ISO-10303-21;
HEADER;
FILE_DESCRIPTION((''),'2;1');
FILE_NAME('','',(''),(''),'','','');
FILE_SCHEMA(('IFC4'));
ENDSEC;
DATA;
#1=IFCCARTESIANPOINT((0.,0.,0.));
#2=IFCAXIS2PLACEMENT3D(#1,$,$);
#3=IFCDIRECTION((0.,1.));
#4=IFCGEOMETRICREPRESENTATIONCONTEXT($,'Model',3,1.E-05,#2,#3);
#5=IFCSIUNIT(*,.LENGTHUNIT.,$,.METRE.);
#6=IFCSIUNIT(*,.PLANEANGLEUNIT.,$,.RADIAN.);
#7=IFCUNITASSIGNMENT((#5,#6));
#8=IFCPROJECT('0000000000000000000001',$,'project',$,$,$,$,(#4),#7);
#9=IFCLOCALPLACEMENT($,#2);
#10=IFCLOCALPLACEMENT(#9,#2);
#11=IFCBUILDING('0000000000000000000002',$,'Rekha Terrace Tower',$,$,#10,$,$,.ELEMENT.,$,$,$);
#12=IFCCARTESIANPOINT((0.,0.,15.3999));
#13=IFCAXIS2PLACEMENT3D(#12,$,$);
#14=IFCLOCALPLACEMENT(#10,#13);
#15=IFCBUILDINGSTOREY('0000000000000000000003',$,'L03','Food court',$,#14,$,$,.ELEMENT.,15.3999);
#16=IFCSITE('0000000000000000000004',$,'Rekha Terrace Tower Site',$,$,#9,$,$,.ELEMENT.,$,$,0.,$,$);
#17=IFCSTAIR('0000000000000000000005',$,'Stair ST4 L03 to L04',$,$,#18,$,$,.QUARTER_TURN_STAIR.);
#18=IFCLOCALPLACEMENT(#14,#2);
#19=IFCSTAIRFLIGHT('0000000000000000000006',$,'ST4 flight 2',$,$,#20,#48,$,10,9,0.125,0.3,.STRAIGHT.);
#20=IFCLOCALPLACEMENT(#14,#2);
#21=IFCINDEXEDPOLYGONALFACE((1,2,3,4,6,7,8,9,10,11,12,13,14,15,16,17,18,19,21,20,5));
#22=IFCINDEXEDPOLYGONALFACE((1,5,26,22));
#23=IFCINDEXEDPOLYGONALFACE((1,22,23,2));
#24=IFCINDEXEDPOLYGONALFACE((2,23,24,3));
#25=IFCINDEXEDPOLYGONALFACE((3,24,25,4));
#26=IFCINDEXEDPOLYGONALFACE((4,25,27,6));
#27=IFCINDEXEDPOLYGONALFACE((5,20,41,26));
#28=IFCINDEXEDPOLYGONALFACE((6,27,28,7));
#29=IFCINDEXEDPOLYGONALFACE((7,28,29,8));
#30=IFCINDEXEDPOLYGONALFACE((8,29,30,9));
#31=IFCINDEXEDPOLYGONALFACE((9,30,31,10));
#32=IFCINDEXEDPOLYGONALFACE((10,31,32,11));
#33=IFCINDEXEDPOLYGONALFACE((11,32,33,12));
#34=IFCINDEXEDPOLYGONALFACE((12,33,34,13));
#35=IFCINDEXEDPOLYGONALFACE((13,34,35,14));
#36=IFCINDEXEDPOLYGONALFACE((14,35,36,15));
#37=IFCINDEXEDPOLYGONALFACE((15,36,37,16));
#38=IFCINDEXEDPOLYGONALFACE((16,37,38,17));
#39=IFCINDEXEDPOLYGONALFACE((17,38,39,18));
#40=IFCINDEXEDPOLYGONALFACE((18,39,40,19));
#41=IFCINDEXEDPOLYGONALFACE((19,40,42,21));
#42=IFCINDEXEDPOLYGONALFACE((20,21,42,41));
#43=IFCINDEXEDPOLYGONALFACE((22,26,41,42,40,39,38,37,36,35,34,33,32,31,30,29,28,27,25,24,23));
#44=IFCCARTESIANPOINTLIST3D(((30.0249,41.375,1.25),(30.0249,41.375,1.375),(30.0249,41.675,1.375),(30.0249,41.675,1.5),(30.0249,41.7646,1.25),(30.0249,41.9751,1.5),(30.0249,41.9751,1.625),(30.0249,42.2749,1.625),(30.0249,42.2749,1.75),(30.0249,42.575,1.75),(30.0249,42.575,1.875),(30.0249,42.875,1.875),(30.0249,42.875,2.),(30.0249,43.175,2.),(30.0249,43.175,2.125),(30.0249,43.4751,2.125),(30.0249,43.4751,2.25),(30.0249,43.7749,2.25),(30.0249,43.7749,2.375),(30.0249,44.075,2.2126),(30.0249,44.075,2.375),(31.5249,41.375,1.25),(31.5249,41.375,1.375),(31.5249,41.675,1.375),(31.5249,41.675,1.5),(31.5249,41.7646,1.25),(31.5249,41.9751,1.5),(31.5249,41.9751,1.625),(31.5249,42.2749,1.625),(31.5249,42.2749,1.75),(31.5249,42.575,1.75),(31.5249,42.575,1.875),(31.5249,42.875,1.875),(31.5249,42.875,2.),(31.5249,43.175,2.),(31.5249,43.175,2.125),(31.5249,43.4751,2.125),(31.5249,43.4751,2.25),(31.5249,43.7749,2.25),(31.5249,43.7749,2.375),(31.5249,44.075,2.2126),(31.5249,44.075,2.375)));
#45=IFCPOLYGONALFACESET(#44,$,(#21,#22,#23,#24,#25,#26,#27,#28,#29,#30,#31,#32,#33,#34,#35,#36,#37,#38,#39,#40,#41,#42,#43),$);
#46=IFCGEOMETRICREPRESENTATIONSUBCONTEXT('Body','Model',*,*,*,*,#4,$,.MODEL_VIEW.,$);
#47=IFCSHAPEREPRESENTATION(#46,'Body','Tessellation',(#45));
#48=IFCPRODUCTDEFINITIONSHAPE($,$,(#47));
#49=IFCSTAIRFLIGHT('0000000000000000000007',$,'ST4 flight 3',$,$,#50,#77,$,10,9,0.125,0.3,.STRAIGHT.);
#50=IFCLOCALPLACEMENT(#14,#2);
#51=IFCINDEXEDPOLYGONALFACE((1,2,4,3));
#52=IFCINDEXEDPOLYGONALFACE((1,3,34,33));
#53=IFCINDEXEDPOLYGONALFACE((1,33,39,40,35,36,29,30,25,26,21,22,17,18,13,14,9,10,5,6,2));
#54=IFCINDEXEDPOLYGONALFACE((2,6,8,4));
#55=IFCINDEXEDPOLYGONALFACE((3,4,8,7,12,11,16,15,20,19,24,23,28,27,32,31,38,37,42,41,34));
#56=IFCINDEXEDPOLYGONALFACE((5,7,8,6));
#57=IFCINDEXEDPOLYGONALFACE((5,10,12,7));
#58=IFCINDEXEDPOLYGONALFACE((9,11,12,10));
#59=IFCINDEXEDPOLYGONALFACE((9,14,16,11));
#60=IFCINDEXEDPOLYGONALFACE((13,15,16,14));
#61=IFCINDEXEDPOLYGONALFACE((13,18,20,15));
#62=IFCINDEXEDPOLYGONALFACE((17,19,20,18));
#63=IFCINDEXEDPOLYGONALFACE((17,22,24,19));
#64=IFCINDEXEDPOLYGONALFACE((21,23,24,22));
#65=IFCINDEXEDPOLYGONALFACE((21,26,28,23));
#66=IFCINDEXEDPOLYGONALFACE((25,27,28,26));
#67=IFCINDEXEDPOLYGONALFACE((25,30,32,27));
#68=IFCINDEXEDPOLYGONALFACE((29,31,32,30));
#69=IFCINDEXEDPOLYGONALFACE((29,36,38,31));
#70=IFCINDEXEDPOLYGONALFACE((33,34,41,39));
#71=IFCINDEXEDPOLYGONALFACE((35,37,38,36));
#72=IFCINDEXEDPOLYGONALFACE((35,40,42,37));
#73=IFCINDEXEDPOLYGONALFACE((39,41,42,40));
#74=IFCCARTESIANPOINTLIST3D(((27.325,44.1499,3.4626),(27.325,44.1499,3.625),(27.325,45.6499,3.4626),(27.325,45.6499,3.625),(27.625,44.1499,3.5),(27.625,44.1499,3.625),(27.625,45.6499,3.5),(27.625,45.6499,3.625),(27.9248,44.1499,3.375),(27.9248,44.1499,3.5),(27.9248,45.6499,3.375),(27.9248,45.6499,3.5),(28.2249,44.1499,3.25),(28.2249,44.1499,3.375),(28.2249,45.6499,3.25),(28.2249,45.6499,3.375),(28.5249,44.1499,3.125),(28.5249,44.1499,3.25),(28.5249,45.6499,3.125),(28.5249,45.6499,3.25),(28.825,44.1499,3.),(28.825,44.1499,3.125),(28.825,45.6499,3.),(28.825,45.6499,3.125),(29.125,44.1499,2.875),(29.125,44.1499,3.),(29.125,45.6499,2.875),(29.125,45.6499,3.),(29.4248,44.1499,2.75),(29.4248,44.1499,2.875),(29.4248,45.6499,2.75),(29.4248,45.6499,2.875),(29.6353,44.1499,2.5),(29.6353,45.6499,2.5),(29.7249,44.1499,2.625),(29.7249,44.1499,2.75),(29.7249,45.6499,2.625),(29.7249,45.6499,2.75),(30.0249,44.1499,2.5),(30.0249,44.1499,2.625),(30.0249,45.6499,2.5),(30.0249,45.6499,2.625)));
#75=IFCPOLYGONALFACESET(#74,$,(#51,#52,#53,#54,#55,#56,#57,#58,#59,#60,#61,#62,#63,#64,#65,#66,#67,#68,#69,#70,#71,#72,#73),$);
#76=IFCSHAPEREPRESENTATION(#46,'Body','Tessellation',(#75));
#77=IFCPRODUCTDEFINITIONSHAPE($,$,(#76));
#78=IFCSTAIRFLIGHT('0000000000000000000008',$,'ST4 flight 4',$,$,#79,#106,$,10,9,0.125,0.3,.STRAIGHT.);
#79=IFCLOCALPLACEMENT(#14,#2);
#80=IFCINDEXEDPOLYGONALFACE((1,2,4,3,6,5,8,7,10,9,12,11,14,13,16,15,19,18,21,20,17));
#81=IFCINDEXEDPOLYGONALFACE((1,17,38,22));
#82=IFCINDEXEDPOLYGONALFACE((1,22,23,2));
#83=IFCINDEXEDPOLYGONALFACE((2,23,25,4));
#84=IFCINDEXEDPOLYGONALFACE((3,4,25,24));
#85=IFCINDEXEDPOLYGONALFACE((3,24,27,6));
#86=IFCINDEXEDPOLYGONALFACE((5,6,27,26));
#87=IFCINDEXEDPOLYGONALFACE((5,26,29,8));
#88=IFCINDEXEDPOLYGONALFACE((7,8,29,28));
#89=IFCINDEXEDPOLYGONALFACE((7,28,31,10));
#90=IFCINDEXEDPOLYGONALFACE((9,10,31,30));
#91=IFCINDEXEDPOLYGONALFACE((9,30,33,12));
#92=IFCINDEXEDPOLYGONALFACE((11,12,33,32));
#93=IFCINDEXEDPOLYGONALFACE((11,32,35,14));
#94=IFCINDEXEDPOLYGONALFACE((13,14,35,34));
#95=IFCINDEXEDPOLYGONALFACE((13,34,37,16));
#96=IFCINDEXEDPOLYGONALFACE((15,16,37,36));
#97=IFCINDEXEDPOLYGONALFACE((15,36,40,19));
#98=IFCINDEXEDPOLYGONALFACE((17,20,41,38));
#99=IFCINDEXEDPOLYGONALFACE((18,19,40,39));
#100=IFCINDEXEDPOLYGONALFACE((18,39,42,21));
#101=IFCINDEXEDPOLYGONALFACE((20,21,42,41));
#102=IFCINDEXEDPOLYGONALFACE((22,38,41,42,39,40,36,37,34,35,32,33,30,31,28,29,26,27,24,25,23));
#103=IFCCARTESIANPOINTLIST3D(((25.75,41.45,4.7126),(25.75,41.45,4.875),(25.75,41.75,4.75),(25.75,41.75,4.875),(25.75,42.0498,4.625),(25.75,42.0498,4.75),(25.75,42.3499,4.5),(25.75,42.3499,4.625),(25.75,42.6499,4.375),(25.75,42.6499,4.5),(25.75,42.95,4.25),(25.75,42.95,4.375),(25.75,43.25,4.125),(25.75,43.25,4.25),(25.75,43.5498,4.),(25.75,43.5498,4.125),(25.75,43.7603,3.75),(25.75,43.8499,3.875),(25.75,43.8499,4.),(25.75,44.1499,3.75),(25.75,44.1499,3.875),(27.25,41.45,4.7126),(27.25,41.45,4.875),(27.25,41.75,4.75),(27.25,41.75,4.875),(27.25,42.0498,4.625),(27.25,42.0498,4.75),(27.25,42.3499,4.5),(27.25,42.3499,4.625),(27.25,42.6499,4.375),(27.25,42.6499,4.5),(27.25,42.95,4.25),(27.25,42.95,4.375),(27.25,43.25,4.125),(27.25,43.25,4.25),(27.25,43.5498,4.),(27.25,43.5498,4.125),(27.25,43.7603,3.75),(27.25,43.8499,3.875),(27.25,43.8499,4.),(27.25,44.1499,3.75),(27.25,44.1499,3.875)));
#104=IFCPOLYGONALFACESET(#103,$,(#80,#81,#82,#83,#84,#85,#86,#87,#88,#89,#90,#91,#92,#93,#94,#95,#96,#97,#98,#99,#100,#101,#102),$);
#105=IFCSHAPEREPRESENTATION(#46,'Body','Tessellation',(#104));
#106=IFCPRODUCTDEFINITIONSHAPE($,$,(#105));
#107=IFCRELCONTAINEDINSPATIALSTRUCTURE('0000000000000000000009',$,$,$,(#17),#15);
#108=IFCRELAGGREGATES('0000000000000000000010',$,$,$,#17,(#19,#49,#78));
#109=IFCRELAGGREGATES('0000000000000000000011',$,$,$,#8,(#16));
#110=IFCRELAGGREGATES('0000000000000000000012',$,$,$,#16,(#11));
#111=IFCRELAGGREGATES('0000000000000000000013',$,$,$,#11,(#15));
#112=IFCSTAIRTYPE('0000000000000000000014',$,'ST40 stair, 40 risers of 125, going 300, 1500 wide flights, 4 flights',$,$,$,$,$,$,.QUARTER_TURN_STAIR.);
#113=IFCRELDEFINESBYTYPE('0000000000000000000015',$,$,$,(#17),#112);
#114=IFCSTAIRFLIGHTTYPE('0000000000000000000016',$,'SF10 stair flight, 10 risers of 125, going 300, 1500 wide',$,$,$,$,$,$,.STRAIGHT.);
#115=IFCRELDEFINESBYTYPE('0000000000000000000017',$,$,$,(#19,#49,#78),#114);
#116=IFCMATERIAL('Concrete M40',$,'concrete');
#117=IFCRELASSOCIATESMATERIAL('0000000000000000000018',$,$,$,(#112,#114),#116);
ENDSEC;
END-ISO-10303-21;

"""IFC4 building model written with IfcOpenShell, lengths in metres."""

from ifc_helpers import new_model, si_unit, direction, frame, origin, place, context, subcontext, project, spatial, polyline, outline, extrude, material, type_object, element, aggregate, save


model = new_model("IFC4")

# Units and contexts
model_context = context("Model", 3, precision=1e-05, world=origin(), true_north=direction((0.0, 1.0)))
body_context = subcontext(model_context, "Body", "Model", "MODEL_VIEW")
ifc_project = project(units=[si_unit("LENGTHUNIT", "METRE"), si_unit("PLANEANGLEUNIT", "RADIAN")], contexts=[model_context])

# Site, building, storey
site_placement = place(None, origin())
site = spatial("IfcSite", under=ifc_project, at=site_placement, Name="Rekha Terrace Tower Site", CompositionType="ELEMENT", RefElevation=0.0)
building_placement = place(site_placement, origin())
building = spatial("IfcBuilding", under=site, at=building_placement, Name="Rekha Terrace Tower", CompositionType="ELEMENT")
storey_placement = place(building_placement, frame((0.0, 0.0, 15.3999)))
storey = spatial("IfcBuildingStorey", under=building, at=storey_placement, Name="L03", Description="Food court", CompositionType="ELEMENT", Elevation=15.3999)

# Stair, stair flights
ifc_material_1 = material(Name="Concrete M40", Category="concrete")
stair_type = type_object("IfcStairType", Name="ST40 stair, 40 risers of 125, going 300, 1500 wide flights, 4 flights", PredefinedType="QUARTER_TURN_STAIR", material=ifc_material_1)
stair_placement = place(storey_placement, origin())
stair = element("IfcStair", 1, at=stair_placement, inside=storey, type_object=stair_type, Name="Stair ST4 L03 to L04", PredefinedType="QUARTER_TURN_STAIR")
stair_flight_type = type_object("IfcStairFlightType", Name="SF10 stair flight, 10 risers of 125, going 300, 1500 wide", PredefinedType="STRAIGHT", material=ifc_material_1)
stair_flight_1_placement = place(storey_placement, frame((30.7749, 41.375, 1.25), z_axis=(0.0, 0.0, 1.0), x_axis=(0.0, 1.0, 0.0)))
stair_flight_1 = element("IfcStairFlight", 2, at=stair_flight_1_placement, type_object=stair_flight_type, Name="ST4 flight 2", NumberOfRisers=10, NumberOfTreads=9, PredefinedType="STRAIGHT", RiserHeight=0.125, TreadLength=0.3, context=body_context, shape_type="SweptSolid", body=[
    extrude(outline(polyline([(0.0, 0.0), (0.0, 0.125), (0.3, 0.125), (0.3, 0.25), (0.6001, 0.25), (0.6001, 0.375), (0.8999, 0.375), (0.8999, 0.5), (1.2, 0.5), (1.2, 0.625), (1.5, 0.625), (1.5, 0.75), (1.8, 0.75), (1.8, 0.875), (2.1001, 0.875), (2.1001, 1.0), (2.3999, 1.0), (2.3999, 1.125), (2.7, 1.125), (2.7, 1.25), (2.7, 0.9626), (0.3896, 0.0), (0.0, 0.0)])), frame((0.0, 0.75, 0.0), z_axis=(0.0, -1.0, 0.0), x_axis=(1.0, 0.0, 0.0)), (0.0, 0.0, 1.0), 1.5),
])
stair_flight_2_placement = place(storey_placement, frame((30.0249, 44.8999, 2.5), z_axis=(0.0, 0.0, 1.0), x_axis=(-1.0, 0.0, 0.0)))
stair_flight_2 = element("IfcStairFlight", 3, at=stair_flight_2_placement, type_object=stair_flight_type, Name="ST4 flight 3", NumberOfRisers=10, NumberOfTreads=9, PredefinedType="STRAIGHT", RiserHeight=0.125, TreadLength=0.3, context=body_context, shape_type="SweptSolid", body=[
    extrude(outline(polyline([(0.0, 0.0), (0.0, 0.125), (0.3, 0.125), (0.3, 0.25), (0.6001, 0.25), (0.6001, 0.375), (0.8999, 0.375), (0.8999, 0.5), (1.2, 0.5), (1.2, 0.625), (1.5, 0.625), (1.5, 0.75), (1.8, 0.75), (1.8, 0.875), (2.1001, 0.875), (2.1001, 1.0), (2.3999, 1.0), (2.3999, 1.125), (2.7, 1.125), (2.7, 1.25), (2.7, 0.9626), (0.3896, 0.0), (0.0, 0.0)])), frame((0.0, 0.75, 0.0), z_axis=(0.0, -1.0, 0.0), x_axis=(1.0, 0.0, 0.0)), (0.0, 0.0, 1.0), 1.5),
])
stair_flight_3_placement = place(storey_placement, frame((26.5, 44.1499, 3.75), z_axis=(0.0, 0.0, 1.0), x_axis=(0.0, -1.0, 0.0)))
stair_flight_3 = element("IfcStairFlight", 4, at=stair_flight_3_placement, type_object=stair_flight_type, Name="ST4 flight 4", NumberOfRisers=10, NumberOfTreads=9, PredefinedType="STRAIGHT", RiserHeight=0.125, TreadLength=0.3, context=body_context, shape_type="SweptSolid", body=[
    extrude(outline(polyline([(0.0, 0.0), (0.0, 0.125), (0.3, 0.125), (0.3, 0.25), (0.6001, 0.25), (0.6001, 0.375), (0.8999, 0.375), (0.8999, 0.5), (1.2, 0.5), (1.2, 0.625), (1.5, 0.625), (1.5, 0.75), (1.8, 0.75), (1.8, 0.875), (2.1001, 0.875), (2.1001, 1.0), (2.3999, 1.0), (2.3999, 1.125), (2.7, 1.125), (2.7, 1.25), (2.7, 0.9626), (0.3896, 0.0), (0.0, 0.0)])), frame((0.0, 0.75, 0.0), z_axis=(0.0, -1.0, 0.0), x_axis=(1.0, 0.0, 0.0)), (0.0, 0.0, 1.0), 1.5),
])
aggregate(stair, [stair_flight_1, stair_flight_2, stair_flight_3])

save(model, "model.ifc")
